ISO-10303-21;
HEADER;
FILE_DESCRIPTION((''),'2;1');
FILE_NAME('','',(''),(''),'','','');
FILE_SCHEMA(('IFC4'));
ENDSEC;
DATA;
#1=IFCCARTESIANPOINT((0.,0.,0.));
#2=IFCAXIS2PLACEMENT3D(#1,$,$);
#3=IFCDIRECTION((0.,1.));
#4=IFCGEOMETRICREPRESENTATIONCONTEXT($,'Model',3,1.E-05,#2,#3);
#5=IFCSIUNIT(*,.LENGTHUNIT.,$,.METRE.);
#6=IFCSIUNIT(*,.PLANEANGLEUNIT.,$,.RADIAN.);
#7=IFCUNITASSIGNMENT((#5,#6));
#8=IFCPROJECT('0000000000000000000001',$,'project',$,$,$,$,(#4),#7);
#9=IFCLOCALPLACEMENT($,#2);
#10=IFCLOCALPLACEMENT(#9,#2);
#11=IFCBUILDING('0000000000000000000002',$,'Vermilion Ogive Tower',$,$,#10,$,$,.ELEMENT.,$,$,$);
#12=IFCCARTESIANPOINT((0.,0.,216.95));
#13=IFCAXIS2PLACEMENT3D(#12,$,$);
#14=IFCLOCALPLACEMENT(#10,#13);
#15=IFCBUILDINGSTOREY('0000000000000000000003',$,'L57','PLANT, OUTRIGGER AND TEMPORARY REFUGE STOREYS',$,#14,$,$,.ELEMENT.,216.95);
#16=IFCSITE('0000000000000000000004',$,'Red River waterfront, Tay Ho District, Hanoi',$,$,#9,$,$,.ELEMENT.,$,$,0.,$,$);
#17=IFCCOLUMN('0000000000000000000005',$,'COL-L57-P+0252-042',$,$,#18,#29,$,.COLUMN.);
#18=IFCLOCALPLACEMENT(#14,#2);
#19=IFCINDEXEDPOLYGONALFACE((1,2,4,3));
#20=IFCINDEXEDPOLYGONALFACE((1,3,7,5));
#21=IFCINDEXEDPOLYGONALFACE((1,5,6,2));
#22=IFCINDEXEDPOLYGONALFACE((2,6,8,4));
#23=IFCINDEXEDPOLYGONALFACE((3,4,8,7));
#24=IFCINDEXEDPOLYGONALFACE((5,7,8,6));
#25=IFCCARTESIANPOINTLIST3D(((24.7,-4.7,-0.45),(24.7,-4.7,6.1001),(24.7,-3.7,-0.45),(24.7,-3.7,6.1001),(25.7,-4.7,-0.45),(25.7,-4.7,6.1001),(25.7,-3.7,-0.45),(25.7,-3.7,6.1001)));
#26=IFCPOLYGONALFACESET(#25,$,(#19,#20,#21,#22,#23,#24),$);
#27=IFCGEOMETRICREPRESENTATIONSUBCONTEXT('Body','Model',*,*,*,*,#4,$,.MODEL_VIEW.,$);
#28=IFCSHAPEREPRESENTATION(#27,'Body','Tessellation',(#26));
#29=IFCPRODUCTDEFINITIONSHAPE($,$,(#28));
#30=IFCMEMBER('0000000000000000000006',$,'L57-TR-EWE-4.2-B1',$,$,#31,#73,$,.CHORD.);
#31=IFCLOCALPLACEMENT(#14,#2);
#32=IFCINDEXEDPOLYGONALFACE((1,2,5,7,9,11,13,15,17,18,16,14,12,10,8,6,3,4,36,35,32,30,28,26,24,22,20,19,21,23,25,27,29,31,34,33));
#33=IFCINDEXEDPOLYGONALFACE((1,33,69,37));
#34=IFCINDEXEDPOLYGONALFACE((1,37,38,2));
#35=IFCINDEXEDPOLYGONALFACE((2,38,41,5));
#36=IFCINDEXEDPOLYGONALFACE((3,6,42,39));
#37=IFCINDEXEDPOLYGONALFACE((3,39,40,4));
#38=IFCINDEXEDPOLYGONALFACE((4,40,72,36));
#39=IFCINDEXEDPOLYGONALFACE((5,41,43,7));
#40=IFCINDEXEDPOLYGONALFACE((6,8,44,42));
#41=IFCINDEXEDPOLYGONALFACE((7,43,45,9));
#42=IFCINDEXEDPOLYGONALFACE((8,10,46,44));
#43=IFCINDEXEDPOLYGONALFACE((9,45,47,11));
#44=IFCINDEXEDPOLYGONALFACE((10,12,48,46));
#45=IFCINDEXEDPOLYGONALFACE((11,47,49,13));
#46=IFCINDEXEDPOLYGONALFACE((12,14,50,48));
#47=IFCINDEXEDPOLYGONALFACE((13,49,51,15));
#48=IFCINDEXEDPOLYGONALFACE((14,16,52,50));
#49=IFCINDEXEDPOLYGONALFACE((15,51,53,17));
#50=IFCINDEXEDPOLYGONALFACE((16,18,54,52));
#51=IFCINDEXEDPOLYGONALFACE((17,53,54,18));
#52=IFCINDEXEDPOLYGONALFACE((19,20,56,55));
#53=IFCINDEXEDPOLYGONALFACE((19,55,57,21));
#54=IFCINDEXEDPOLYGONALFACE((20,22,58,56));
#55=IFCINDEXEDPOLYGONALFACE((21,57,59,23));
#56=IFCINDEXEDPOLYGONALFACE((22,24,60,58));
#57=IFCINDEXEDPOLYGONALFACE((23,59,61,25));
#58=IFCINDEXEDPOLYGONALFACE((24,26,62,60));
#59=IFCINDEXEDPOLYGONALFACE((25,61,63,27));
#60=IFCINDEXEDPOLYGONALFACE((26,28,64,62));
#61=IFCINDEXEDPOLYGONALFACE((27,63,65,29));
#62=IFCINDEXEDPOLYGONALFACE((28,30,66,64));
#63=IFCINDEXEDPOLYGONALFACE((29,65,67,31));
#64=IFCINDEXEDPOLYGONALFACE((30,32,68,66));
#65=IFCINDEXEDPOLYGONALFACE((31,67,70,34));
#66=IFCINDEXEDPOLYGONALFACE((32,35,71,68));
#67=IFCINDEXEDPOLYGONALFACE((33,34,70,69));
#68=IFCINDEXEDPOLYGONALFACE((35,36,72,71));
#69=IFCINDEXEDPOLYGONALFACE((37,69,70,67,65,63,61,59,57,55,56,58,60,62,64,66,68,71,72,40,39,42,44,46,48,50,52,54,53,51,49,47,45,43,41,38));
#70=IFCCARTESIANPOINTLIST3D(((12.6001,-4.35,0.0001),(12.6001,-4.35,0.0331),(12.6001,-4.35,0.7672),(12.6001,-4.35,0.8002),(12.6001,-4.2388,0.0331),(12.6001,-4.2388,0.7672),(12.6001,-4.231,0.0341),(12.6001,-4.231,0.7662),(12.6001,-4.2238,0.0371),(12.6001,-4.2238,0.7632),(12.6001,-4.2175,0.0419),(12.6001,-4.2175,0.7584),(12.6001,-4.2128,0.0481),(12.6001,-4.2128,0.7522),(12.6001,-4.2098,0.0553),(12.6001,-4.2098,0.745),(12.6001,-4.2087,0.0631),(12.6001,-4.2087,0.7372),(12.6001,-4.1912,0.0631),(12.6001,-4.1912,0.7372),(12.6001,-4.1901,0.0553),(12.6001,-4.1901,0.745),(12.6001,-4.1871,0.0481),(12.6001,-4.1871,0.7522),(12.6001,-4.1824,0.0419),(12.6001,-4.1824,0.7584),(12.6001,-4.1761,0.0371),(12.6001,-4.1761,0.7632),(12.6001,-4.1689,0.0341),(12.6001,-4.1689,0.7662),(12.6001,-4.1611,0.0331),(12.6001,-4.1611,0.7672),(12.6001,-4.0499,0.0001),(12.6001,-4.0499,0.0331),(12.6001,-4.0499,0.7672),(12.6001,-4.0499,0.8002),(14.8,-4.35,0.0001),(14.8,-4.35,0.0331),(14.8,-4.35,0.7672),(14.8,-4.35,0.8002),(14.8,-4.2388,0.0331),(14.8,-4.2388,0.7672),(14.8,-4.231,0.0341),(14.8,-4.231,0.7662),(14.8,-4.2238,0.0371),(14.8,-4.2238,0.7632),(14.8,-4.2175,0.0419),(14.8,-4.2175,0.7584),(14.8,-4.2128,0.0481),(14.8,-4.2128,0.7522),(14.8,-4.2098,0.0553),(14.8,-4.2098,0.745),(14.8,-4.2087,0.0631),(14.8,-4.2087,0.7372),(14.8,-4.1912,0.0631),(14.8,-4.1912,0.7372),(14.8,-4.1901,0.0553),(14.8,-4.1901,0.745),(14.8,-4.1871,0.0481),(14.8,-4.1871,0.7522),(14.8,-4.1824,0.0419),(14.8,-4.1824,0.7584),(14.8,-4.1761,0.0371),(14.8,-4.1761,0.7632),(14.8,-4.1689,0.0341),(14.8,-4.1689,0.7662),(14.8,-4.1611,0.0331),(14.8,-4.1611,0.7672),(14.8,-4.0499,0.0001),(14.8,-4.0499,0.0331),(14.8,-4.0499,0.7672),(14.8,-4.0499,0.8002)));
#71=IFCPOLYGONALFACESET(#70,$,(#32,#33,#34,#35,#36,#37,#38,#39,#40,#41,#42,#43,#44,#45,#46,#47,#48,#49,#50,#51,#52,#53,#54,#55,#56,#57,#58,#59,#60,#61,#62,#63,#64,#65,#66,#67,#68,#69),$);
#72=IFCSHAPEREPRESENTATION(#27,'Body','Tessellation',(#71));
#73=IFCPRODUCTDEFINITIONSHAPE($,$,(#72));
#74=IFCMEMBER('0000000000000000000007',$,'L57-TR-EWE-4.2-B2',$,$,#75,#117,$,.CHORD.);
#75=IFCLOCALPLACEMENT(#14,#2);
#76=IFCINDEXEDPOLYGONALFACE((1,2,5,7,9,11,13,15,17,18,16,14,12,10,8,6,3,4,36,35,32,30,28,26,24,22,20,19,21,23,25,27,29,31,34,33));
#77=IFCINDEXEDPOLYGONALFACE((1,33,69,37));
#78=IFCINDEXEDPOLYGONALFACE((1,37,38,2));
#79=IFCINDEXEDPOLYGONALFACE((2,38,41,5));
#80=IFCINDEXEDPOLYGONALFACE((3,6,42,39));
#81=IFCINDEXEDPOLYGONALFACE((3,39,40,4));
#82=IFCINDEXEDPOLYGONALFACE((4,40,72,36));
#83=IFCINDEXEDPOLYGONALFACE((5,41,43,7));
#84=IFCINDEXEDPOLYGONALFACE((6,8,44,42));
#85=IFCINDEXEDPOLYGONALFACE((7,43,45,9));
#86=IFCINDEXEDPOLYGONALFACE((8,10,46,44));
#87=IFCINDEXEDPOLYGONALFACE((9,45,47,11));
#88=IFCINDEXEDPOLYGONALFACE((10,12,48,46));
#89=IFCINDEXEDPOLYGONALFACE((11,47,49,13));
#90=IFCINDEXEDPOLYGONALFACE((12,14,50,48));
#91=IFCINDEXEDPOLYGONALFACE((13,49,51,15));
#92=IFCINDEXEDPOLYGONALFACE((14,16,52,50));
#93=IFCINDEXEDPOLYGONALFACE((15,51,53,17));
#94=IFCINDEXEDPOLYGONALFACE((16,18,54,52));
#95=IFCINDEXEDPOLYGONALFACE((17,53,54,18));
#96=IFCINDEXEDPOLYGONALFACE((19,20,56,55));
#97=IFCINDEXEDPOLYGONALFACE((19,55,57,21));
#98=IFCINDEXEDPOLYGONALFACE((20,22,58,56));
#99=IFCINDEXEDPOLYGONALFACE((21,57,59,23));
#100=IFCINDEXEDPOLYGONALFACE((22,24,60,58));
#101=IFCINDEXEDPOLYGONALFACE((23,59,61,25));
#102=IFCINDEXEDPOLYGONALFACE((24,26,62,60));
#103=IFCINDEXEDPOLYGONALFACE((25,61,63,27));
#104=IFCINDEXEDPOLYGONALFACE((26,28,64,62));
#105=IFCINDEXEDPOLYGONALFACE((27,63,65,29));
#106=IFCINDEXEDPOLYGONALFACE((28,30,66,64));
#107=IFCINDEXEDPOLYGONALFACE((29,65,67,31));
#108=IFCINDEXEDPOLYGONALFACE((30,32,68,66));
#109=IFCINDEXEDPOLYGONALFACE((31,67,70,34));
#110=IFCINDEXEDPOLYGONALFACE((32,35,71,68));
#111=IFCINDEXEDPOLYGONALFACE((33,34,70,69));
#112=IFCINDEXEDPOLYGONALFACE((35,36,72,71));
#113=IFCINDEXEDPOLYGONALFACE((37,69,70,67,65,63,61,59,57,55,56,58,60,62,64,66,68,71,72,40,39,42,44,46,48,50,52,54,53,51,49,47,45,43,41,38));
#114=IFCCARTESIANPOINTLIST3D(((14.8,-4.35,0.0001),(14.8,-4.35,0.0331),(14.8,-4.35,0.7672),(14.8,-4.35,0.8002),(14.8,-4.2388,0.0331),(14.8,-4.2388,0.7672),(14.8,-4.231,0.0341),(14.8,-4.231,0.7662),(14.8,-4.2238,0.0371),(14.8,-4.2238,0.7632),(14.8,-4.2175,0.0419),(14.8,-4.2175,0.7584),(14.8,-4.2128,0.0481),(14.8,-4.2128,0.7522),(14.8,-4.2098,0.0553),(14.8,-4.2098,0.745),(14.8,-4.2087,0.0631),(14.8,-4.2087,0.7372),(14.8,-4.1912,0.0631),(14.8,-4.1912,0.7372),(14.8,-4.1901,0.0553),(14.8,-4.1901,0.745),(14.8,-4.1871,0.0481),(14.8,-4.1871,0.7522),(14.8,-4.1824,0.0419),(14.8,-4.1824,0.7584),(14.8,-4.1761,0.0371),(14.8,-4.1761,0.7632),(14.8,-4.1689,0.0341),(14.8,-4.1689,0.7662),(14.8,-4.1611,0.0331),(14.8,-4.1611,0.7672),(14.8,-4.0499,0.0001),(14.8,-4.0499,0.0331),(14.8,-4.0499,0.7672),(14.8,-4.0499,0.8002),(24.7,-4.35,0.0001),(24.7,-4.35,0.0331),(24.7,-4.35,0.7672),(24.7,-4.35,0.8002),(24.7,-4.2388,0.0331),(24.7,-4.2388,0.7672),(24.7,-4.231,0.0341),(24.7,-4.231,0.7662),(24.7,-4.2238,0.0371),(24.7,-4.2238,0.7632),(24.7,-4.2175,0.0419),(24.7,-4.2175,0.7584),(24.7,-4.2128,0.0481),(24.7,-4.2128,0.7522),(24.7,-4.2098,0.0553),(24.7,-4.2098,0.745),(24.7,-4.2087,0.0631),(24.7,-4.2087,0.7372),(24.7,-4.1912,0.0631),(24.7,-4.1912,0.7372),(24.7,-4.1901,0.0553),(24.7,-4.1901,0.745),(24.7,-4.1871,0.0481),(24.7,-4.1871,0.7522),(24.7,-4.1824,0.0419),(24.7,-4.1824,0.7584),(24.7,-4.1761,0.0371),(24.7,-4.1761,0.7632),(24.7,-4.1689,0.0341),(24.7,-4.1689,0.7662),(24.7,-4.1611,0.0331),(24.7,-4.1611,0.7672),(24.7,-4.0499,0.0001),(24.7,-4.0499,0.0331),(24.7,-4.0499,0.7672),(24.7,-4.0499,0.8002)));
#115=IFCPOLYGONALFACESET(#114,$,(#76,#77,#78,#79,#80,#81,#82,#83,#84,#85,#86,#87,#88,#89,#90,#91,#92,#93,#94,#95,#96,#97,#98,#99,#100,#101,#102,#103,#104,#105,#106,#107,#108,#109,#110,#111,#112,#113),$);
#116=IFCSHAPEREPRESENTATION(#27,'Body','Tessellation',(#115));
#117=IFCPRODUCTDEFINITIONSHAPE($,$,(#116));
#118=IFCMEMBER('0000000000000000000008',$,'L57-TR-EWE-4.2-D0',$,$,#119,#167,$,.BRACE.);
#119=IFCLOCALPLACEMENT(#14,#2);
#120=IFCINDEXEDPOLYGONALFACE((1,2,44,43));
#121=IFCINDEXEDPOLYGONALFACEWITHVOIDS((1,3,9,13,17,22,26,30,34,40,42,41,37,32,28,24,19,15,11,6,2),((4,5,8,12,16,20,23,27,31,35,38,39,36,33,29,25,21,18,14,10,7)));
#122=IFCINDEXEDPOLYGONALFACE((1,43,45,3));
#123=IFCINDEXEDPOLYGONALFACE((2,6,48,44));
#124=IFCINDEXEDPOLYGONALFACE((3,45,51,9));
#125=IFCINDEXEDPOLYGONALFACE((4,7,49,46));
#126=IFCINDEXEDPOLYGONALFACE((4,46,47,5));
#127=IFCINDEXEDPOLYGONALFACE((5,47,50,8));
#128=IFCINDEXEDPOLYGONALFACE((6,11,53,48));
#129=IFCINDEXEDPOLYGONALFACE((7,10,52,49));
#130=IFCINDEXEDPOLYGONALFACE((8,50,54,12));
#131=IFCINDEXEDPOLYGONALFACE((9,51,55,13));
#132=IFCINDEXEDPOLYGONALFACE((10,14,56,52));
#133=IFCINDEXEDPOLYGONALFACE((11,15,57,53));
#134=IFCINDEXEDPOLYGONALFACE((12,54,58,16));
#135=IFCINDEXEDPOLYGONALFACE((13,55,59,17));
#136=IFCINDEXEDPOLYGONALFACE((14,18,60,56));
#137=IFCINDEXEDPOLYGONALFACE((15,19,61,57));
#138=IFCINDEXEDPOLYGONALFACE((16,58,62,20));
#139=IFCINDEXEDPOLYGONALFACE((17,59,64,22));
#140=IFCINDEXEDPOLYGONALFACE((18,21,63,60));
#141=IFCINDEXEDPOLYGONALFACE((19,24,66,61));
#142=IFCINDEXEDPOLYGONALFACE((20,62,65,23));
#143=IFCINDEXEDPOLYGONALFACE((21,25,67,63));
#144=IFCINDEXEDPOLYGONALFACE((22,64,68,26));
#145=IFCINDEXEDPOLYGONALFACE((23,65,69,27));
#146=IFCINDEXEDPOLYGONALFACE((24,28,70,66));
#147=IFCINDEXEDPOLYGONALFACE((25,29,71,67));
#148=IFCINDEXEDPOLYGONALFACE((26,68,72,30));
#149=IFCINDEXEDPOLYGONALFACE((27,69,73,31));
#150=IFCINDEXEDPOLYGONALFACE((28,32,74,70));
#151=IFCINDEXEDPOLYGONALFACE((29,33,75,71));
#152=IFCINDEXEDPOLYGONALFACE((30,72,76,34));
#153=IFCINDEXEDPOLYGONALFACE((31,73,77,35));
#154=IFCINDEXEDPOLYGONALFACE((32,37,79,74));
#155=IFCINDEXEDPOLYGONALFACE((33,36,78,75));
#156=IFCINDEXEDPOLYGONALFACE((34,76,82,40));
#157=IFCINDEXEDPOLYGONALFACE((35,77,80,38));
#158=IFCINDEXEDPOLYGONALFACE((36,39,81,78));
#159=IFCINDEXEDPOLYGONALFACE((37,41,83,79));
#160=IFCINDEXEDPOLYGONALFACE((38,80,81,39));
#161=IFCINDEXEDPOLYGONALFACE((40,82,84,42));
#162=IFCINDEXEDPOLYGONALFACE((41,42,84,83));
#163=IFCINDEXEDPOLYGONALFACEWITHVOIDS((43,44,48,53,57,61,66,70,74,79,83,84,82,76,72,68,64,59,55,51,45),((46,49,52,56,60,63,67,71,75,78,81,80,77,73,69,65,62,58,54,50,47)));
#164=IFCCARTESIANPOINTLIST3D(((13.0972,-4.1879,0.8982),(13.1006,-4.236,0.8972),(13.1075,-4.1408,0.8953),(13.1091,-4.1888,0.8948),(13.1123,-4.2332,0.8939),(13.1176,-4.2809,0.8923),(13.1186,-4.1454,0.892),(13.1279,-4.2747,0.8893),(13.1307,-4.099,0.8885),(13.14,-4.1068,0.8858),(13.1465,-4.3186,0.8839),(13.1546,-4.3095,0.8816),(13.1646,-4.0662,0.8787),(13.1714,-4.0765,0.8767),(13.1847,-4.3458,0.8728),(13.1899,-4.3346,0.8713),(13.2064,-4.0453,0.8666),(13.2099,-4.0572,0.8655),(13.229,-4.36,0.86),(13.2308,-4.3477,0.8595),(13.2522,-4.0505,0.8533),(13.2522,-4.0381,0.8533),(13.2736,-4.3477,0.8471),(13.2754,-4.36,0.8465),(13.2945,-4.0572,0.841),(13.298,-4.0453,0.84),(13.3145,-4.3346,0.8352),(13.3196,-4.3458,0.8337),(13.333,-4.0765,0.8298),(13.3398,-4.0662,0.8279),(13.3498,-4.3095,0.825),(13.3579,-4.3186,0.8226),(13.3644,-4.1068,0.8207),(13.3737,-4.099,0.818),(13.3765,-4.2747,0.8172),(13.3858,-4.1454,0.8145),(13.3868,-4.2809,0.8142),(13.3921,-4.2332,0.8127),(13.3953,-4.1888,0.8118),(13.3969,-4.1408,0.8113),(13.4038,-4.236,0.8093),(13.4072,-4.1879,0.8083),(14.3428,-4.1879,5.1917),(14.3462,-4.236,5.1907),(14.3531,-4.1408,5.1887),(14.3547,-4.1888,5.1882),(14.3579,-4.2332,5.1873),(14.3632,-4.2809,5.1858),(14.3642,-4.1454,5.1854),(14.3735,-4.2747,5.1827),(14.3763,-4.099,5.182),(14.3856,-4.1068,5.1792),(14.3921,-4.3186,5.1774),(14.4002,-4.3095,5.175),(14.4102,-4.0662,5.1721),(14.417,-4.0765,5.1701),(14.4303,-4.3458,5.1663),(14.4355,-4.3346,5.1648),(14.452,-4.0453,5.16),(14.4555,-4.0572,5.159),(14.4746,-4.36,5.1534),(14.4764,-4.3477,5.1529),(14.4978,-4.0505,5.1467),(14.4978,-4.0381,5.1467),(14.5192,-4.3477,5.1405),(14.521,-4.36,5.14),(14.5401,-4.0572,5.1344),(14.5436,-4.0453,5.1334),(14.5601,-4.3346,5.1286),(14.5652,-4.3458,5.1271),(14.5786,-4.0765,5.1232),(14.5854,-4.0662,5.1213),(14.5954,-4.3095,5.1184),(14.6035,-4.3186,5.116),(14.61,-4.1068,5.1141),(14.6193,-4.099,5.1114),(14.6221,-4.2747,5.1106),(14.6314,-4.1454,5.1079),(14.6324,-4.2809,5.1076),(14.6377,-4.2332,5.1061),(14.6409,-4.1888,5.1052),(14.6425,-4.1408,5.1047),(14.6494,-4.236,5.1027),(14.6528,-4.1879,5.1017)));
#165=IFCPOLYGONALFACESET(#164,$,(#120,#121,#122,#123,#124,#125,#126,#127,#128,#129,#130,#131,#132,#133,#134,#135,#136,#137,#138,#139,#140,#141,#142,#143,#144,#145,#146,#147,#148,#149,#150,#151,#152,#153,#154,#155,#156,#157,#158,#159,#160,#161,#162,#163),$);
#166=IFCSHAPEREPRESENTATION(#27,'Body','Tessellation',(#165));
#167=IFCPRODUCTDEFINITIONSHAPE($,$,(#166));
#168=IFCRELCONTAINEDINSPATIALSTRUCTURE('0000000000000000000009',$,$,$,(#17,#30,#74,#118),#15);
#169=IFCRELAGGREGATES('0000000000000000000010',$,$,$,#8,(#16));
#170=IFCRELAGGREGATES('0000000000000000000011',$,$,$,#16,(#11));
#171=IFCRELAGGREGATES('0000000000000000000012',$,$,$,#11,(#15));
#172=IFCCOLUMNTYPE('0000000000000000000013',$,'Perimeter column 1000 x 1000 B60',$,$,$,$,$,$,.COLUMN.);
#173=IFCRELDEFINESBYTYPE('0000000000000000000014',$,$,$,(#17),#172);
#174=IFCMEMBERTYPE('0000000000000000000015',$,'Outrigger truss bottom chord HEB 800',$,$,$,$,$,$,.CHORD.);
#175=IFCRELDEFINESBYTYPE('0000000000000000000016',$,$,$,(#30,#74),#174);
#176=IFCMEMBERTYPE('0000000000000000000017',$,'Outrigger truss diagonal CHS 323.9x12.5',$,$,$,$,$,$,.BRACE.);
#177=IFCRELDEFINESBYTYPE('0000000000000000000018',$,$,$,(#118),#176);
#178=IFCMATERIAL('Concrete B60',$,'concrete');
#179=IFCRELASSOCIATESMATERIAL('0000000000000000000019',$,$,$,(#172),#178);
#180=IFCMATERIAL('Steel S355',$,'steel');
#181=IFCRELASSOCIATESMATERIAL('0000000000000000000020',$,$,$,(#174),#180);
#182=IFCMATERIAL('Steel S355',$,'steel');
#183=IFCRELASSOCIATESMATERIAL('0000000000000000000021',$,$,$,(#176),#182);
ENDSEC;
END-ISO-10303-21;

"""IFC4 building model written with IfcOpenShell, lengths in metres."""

from ifc_helpers import new_model, si_unit, direction, frame, origin, origin_2d, place, context, subcontext, project, spatial, rectangle, hollow_circle, i_section, extrude, material, material_profile, profile_set, type_object, element, save


model = new_model("IFC4")

# Units and contexts
model_context = context("Model", 3, precision=1e-05, world=origin(), true_north=direction((0.0, 1.0)))
body_context = subcontext(model_context, "Body", "Model", "MODEL_VIEW")
ifc_project = project(units=[si_unit("LENGTHUNIT", "METRE"), si_unit("PLANEANGLEUNIT", "RADIAN")], contexts=[model_context])

# Site, building, storey
site_placement = place(None, origin())
site = spatial("IfcSite", under=ifc_project, at=site_placement, Name="Red River waterfront, Tay Ho District, Hanoi", CompositionType="ELEMENT", RefElevation=0.0)
building_placement = place(site_placement, origin())
building = spatial("IfcBuilding", under=site, at=building_placement, Name="Vermilion Ogive Tower", CompositionType="ELEMENT")
storey_placement = place(building_placement, frame((0.0, 0.0, 216.95)))
storey = spatial("IfcBuildingStorey", under=building, at=storey_placement, Name="L57", Description="PLANT, OUTRIGGER AND TEMPORARY REFUGE STOREYS", CompositionType="ELEMENT", Elevation=216.95)

# Column
ifc_material_1 = material(Name="Concrete B60", Category="concrete")
ifc_material_profile_1 = material_profile(ifc_material_1, rectangle(XDim=1.0, YDim=1.0, at=origin_2d()), Name="1000 x 1000")
ifc_profile_set_1 = profile_set([ifc_material_profile_1], Name="Concrete B60")
column_type = type_object("IfcColumnType", Name="Perimeter column 1000 x 1000 B60", PredefinedType="COLUMN", material=ifc_profile_set_1)
column_placement = place(storey_placement, frame((25.2, -4.2, -0.45), z_axis=(0.0, 0.0, 1.0), x_axis=(1.0, 0.0, 0.0)))
element("IfcColumn", 1, at=column_placement, inside=storey, type_object=column_type, Name="COL-L57-P+0252-042", PredefinedType="COLUMN", context=body_context, shape_type="SweptSolid", body=[
    extrude(rectangle(XDim=1.0, YDim=1.0, at=origin_2d()), origin(), (0.0, 0.0, 1.0), 6.55),
])

# Members
ifc_material_2 = material(Name="Steel S355", Category="steel")
ifc_material_profile_2 = material_profile(ifc_material_2, i_section(OverallWidth=0.3, OverallDepth=0.8, WebThickness=0.0176, FlangeThickness=0.033, FilletRadius=0.03, at=origin_2d()), Name="HEB 800")
ifc_profile_set_2 = profile_set([ifc_material_profile_2], Name="Steel S355")
member_type_1 = type_object("IfcMemberType", Name="Outrigger truss bottom chord HEB 800", PredefinedType="CHORD", material=ifc_profile_set_2)
member_1_placement = place(storey_placement, frame((12.6001, -4.2, 0.4001), z_axis=(1.0, 0.0, 0.0), x_axis=(0.0, 1.0, 0.0)))
element("IfcMember", 2, at=member_1_placement, inside=storey, type_object=member_type_1, Name="L57-TR-EWE-4.2-B1", PredefinedType="CHORD", context=body_context, shape_type="SweptSolid", body=[
    extrude(i_section(OverallWidth=0.3, OverallDepth=0.8, WebThickness=0.0176, FlangeThickness=0.033, FilletRadius=0.03, at=origin_2d()), origin(), (0.0, 0.0, 1.0), 2.2),
])
member_2_placement = place(storey_placement, frame((14.8, -4.2, 0.4001), z_axis=(1.0, 0.0, 0.0), x_axis=(0.0, 1.0, 0.0)))
element("IfcMember", 3, at=member_2_placement, inside=storey, type_object=member_type_1, Name="L57-TR-EWE-4.2-B2", PredefinedType="CHORD", context=body_context, shape_type="SweptSolid", body=[
    extrude(i_section(OverallWidth=0.3, OverallDepth=0.8, WebThickness=0.0176, FlangeThickness=0.033, FilletRadius=0.03, at=origin_2d()), origin(), (0.0, 0.0, 1.0), 9.8999),
])
ifc_material_3 = material(Name="Steel S355", Category="steel")
ifc_material_profile_3 = material_profile(ifc_material_3, hollow_circle(Radius=0.1619, WallThickness=0.0125, at=origin_2d()), Name="CHS 323.9x12.5")
ifc_profile_set_3 = profile_set([ifc_material_profile_3], Name="Steel S355")
member_type_2 = type_object("IfcMemberType", Name="Outrigger truss diagonal CHS 323.9x12.5", PredefinedType="BRACE", material=ifc_profile_set_3)
member_3_placement = place(storey_placement, frame((13.2522, -4.2, 0.8533), z_axis=(0.278628, 0.0, 0.960399), x_axis=(0.0, 1.0, 0.0)))
element("IfcMember", 4, at=member_3_placement, inside=storey, type_object=member_type_2, Name="L57-TR-EWE-4.2-D0", PredefinedType="BRACE", context=body_context, shape_type="SweptSolid", body=[
    extrude(hollow_circle(Radius=0.1619, WallThickness=0.0125, at=origin_2d()), origin(), (0.0, 0.0, 1.0), 4.4705),
])

save(model, "model.ifc")
